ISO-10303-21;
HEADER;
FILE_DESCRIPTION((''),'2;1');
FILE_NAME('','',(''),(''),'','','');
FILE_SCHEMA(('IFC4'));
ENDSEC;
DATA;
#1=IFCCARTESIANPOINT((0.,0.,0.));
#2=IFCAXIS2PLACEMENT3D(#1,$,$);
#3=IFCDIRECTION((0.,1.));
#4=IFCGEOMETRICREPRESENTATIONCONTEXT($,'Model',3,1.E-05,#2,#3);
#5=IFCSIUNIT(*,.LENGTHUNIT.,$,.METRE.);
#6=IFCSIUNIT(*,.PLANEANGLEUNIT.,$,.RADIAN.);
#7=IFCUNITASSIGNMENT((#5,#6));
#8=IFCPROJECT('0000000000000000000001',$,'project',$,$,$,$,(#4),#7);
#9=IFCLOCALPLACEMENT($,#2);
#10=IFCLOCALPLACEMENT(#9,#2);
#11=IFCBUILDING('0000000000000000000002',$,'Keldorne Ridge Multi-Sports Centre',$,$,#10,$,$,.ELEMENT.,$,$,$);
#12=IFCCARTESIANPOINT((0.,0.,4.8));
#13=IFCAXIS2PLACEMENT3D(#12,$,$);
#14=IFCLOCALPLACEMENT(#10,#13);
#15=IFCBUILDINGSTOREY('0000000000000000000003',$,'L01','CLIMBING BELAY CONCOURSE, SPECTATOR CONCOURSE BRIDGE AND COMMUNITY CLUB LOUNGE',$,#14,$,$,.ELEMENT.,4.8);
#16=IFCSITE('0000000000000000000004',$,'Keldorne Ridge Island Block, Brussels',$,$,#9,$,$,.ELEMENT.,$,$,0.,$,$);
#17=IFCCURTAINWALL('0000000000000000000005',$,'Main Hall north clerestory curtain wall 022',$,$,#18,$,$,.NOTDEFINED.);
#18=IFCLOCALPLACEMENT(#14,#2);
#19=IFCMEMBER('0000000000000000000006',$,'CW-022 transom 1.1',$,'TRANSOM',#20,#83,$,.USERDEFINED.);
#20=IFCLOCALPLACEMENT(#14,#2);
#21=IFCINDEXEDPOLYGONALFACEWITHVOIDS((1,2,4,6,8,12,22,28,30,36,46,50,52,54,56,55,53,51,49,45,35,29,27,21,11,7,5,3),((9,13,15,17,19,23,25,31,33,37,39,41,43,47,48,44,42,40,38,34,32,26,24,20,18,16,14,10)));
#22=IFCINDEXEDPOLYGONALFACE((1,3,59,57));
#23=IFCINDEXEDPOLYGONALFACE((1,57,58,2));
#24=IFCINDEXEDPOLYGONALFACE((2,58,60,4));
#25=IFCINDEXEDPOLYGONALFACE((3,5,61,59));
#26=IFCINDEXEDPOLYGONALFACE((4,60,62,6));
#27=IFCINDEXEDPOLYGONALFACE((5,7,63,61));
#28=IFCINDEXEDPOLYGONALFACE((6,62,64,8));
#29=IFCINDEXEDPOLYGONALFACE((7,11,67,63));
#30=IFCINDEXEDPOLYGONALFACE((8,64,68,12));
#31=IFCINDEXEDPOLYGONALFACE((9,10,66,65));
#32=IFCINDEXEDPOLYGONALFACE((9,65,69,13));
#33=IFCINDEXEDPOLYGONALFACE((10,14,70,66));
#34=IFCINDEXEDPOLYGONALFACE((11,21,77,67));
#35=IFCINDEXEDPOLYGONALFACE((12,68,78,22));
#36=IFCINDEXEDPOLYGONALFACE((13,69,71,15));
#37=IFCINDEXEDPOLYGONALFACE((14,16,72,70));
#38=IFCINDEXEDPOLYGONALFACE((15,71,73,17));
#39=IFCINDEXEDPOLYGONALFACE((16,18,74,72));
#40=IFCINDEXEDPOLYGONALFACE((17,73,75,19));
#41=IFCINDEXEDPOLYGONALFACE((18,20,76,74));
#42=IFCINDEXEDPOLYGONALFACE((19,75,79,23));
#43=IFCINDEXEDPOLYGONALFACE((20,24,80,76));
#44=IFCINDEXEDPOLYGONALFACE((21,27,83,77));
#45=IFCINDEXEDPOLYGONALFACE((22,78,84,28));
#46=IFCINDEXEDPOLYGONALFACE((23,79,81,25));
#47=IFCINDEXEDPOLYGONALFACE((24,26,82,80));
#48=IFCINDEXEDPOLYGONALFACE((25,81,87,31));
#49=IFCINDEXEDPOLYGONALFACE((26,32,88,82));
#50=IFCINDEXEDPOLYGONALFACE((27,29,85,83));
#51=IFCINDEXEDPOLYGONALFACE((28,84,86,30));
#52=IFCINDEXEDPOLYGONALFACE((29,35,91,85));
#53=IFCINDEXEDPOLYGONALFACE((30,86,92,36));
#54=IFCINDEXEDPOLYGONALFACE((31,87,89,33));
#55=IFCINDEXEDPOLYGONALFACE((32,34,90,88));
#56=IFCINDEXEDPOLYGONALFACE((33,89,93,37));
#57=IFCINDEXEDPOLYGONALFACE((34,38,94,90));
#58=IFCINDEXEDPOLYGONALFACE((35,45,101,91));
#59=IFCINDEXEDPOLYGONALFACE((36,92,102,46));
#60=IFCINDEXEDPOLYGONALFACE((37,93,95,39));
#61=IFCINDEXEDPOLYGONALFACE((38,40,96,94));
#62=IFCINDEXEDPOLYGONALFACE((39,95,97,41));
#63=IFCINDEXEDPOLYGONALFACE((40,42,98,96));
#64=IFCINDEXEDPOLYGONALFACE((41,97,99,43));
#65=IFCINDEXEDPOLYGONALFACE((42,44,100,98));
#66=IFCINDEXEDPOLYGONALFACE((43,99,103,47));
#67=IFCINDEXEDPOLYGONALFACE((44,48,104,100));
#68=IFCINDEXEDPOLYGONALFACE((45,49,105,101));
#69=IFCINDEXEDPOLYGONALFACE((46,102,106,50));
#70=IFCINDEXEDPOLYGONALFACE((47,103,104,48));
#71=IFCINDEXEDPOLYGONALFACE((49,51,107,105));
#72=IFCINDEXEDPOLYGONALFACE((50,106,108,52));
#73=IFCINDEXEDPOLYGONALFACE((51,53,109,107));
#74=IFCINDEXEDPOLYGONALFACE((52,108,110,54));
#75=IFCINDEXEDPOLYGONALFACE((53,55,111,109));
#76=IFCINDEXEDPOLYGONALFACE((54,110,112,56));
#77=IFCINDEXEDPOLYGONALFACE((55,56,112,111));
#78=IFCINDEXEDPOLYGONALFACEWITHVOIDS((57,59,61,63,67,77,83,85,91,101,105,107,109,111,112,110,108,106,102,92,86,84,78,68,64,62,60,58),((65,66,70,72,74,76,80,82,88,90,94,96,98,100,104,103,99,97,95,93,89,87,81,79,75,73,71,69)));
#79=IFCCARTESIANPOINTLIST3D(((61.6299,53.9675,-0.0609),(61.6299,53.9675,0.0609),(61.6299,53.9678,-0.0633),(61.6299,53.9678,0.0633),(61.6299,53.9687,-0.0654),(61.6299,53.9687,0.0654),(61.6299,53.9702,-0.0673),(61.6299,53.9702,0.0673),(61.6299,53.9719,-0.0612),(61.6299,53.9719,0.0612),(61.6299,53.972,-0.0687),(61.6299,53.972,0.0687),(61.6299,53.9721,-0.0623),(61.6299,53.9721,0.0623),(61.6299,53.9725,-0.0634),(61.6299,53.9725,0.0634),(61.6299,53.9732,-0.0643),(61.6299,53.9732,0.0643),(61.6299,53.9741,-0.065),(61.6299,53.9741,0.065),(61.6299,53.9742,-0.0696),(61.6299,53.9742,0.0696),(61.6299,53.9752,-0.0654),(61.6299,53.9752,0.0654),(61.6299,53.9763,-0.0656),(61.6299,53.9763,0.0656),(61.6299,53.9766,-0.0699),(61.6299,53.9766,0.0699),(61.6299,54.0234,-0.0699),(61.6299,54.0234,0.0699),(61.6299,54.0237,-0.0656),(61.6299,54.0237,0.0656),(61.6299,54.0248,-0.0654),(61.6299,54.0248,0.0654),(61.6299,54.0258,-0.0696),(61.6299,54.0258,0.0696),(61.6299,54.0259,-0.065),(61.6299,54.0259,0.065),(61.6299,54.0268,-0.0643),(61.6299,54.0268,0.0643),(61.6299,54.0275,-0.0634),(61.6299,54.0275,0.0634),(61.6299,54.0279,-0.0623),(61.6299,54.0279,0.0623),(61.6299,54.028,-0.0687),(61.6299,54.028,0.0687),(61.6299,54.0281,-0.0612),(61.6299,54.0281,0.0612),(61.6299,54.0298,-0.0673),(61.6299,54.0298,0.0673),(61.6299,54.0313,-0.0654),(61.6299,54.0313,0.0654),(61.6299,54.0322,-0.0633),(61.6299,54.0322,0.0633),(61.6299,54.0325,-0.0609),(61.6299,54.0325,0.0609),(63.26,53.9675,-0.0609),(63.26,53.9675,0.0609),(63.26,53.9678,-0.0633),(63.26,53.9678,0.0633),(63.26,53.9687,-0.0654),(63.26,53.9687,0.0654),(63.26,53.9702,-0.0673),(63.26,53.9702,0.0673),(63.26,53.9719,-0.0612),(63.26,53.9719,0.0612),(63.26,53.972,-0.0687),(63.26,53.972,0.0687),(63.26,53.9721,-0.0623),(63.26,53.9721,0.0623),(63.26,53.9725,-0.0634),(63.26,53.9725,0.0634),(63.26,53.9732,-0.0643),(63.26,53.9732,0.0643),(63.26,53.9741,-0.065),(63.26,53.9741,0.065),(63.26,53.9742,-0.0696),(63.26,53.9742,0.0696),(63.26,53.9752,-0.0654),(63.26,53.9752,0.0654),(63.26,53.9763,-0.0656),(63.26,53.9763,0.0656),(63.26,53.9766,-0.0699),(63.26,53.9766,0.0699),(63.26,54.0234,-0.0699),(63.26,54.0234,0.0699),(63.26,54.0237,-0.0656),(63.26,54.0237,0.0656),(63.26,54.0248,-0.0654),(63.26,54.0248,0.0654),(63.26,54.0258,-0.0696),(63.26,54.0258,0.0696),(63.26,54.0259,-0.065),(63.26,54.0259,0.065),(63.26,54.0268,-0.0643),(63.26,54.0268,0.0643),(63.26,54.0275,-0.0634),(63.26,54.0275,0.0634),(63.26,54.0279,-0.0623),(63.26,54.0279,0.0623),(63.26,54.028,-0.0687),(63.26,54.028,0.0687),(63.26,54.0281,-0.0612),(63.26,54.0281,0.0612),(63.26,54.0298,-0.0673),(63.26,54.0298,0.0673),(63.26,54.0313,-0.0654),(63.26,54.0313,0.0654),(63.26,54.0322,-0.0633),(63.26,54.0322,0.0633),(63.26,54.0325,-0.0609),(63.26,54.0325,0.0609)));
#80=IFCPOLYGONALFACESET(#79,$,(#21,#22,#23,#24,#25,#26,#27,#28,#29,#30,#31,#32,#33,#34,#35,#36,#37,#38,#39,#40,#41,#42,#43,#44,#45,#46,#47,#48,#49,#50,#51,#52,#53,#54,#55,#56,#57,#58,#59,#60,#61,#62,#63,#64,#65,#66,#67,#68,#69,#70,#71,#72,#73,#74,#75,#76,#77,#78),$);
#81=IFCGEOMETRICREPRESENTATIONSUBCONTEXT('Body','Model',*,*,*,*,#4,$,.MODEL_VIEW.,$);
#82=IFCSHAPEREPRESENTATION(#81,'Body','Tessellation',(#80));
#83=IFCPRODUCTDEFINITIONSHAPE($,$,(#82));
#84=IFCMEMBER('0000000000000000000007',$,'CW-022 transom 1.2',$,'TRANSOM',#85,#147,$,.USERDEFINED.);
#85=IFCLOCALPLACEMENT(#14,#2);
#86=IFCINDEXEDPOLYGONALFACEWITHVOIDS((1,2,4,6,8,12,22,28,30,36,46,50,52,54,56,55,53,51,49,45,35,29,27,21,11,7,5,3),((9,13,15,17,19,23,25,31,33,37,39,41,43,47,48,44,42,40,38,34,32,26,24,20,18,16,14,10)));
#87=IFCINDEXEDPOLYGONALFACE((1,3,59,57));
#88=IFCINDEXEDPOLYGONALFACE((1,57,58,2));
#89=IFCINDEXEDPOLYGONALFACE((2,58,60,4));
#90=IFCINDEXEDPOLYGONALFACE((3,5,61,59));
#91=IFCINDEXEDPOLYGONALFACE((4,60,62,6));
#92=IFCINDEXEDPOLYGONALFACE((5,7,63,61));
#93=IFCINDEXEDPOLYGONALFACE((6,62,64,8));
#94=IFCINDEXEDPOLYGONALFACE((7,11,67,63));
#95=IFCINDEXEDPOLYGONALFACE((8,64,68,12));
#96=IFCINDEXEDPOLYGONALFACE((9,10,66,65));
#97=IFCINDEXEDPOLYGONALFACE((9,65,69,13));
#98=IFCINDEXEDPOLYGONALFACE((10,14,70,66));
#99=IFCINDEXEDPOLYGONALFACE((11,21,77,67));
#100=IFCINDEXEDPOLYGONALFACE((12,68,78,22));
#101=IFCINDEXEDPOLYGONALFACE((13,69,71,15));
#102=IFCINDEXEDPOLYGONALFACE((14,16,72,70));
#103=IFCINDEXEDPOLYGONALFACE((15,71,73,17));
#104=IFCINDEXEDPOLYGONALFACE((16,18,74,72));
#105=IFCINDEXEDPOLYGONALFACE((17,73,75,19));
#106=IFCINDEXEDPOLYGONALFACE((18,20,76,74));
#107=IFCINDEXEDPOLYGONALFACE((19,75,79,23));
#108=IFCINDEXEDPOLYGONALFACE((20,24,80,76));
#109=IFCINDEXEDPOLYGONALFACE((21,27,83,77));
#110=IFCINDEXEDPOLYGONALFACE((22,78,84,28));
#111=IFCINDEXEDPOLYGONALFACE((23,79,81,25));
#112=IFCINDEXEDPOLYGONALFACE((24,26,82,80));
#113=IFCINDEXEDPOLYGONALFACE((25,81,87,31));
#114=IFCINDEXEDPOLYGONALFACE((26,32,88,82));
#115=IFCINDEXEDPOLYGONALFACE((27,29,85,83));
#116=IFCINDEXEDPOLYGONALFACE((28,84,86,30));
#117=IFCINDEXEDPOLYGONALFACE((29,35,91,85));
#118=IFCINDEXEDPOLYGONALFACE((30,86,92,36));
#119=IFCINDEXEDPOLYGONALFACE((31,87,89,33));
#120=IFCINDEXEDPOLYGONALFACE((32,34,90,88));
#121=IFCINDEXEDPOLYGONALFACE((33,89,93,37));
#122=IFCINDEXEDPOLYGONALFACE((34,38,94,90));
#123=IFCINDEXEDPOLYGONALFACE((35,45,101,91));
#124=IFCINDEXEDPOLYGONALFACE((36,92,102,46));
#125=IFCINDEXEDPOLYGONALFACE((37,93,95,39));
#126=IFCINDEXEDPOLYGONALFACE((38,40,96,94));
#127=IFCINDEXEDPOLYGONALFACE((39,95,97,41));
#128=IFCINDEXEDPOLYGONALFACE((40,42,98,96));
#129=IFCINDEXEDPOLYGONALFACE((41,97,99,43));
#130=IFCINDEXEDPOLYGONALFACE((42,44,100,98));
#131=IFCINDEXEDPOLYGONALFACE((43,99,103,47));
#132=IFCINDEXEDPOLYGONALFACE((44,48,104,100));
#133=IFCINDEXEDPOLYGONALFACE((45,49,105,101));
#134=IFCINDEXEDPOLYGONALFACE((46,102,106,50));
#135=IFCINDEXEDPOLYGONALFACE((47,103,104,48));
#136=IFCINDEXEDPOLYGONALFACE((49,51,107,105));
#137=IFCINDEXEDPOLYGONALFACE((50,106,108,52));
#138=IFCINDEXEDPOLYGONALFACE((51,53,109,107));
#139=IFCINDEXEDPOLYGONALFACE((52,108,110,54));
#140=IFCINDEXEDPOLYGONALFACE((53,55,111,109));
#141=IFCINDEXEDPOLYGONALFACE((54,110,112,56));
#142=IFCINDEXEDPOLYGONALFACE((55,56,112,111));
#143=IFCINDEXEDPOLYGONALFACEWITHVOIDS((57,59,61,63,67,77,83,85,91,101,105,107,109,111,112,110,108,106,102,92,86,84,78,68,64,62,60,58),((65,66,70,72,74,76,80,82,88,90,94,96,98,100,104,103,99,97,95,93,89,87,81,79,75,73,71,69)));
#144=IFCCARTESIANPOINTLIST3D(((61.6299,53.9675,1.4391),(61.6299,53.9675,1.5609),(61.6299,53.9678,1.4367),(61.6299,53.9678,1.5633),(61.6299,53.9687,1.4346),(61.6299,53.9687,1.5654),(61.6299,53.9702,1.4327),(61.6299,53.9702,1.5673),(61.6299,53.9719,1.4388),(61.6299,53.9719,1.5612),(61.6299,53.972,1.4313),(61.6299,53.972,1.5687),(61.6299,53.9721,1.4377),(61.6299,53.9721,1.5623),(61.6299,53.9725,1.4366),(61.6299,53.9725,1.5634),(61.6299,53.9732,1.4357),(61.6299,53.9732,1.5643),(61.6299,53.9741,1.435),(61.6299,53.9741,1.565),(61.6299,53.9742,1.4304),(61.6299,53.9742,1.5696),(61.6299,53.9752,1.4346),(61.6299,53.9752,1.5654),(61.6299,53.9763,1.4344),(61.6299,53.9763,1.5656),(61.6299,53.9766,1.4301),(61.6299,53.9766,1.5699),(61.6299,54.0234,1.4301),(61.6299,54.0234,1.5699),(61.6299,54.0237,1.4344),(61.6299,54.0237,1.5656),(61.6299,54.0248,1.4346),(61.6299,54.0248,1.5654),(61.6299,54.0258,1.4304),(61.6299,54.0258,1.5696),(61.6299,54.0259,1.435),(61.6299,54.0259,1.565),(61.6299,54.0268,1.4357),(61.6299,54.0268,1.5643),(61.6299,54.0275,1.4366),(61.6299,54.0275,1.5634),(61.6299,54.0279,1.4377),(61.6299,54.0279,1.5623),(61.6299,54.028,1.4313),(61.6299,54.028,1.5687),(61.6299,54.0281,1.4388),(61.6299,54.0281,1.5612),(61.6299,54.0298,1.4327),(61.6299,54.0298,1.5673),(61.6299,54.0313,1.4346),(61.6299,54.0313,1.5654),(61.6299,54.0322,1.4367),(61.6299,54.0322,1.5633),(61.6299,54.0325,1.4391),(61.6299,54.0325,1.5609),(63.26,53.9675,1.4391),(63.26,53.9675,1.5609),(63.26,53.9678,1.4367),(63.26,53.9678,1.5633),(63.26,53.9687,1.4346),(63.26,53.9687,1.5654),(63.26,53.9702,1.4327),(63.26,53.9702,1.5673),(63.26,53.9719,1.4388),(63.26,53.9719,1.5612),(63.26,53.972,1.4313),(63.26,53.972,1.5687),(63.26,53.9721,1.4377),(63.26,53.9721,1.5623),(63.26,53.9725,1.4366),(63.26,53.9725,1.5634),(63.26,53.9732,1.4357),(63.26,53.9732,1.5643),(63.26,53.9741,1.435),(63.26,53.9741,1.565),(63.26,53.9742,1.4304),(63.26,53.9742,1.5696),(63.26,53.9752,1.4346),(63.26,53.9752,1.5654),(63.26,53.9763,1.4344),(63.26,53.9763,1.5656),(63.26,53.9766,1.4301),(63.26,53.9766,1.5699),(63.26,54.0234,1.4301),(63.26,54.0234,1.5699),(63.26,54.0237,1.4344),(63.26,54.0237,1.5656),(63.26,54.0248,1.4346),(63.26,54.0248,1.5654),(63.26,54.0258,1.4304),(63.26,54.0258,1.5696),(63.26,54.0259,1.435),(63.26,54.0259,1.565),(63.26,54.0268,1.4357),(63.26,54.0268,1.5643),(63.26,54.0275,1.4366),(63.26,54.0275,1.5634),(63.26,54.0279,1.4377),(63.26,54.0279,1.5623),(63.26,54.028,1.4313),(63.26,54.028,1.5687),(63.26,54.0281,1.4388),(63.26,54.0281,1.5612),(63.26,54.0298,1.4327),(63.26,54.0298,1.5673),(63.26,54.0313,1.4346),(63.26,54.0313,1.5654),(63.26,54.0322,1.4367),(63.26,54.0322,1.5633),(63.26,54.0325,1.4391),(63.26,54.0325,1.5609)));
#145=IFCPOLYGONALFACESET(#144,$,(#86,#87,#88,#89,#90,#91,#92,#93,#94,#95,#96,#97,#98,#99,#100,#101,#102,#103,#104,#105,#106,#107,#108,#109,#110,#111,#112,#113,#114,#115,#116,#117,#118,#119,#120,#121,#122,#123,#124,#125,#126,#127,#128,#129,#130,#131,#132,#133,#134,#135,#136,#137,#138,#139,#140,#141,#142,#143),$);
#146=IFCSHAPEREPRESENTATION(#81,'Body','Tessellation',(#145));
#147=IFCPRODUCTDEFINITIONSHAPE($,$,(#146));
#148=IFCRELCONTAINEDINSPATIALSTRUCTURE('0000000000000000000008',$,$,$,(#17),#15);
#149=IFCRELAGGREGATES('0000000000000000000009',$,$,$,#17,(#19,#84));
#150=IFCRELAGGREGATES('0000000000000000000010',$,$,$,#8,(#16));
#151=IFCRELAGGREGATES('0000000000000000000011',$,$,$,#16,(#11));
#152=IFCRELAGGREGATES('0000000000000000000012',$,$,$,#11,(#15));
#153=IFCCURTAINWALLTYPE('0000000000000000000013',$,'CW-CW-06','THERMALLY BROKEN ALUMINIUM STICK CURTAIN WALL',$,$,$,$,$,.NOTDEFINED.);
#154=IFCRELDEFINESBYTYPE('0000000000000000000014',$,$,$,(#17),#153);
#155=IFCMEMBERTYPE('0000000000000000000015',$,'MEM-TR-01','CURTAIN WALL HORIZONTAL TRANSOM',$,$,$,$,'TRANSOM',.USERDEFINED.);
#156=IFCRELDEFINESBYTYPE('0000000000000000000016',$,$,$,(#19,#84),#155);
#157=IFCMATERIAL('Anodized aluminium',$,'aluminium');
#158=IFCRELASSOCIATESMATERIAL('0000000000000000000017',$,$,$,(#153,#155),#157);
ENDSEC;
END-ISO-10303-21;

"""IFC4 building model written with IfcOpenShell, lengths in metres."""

from ifc_helpers import new_model, si_unit, direction, frame, origin, origin_2d, place, context, subcontext, project, spatial, hollow_rectangle, extrude, material, material_profile, profile_set, type_object, element, aggregate, save


model = new_model("IFC4")

# Units and contexts
model_context = context("Model", 3, precision=1e-05, world=origin(), true_north=direction((0.0, 1.0)))
body_context = subcontext(model_context, "Body", "Model", "MODEL_VIEW")
ifc_project = project(units=[si_unit("LENGTHUNIT", "METRE"), si_unit("PLANEANGLEUNIT", "RADIAN")], contexts=[model_context])

# Site, building, storey
site_placement = place(None, origin())
site = spatial("IfcSite", under=ifc_project, at=site_placement, Name="Keldorne Ridge Island Block, Brussels", CompositionType="ELEMENT", RefElevation=0.0)
building_placement = place(site_placement, origin())
building = spatial("IfcBuilding", under=site, at=building_placement, Name="Keldorne Ridge Multi-Sports Centre", CompositionType="ELEMENT")
storey_placement = place(building_placement, frame((0.0, 0.0, 4.8)))
storey = spatial("IfcBuildingStorey", under=building, at=storey_placement, Name="L01", Description="CLIMBING BELAY CONCOURSE, SPECTATOR CONCOURSE BRIDGE AND COMMUNITY CLUB LOUNGE", CompositionType="ELEMENT", Elevation=4.8)

# Curtain wall
ifc_material_1 = material(Name="Anodized aluminium", Category="aluminium")
curtain_wall_type_1 = type_object("IfcCurtainWallType", Name="CW-CW-06", Description="THERMALLY BROKEN ALUMINIUM STICK CURTAIN WALL", PredefinedType="NOTDEFINED", material=ifc_material_1)
curtain_wall_1_placement = place(storey_placement, origin())
curtain_wall_1 = element("IfcCurtainWall", 1, at=curtain_wall_1_placement, inside=storey, type_object=curtain_wall_type_1, Name="Main Hall north clerestory curtain wall 022", PredefinedType="NOTDEFINED")

# Members
ifc_material_profile_1 = material_profile(ifc_material_1, hollow_rectangle(XDim=0.0649, YDim=0.1399, WallThickness=0.0044, InnerFilletRadius=0.0044, OuterFilletRadius=0.009, at=origin_2d()), Name="ALU TRANSOM 140x65x4.5")
ifc_profile_set_1 = profile_set([ifc_material_profile_1], Name="Anodized aluminium")
member_type_1 = type_object("IfcMemberType", Name="MEM-TR-01", Description="CURTAIN WALL HORIZONTAL TRANSOM", ElementType="TRANSOM", PredefinedType="USERDEFINED", material=ifc_profile_set_1)
member_1_placement = place(storey_placement, frame((63.26, 54.0, 0.0), z_axis=(-1.0, 0.0, 0.0), x_axis=(0.0, -1.0, 0.0)))
member_1 = element("IfcMember", 2, at=member_1_placement, type_object=member_type_1, Name="CW-022 transom 1.1", ObjectType="TRANSOM", PredefinedType="USERDEFINED", context=body_context, shape_type="SweptSolid", body=[
    extrude(hollow_rectangle(XDim=0.0649, YDim=0.1399, WallThickness=0.0044, InnerFilletRadius=0.0044, OuterFilletRadius=0.009, at=origin_2d()), origin(), (0.0, 0.0, 1.0), 1.6301),
])
member_2_placement = place(storey_placement, frame((63.26, 54.0, 1.5), z_axis=(-1.0, 0.0, 0.0), x_axis=(0.0, -1.0, 0.0)))
member_2 = element("IfcMember", 3, at=member_2_placement, type_object=member_type_1, Name="CW-022 transom 1.2", ObjectType="TRANSOM", PredefinedType="USERDEFINED", context=body_context, shape_type="SweptSolid", body=[
    extrude(hollow_rectangle(XDim=0.0649, YDim=0.1399, WallThickness=0.0044, InnerFilletRadius=0.0044, OuterFilletRadius=0.009, at=origin_2d()), origin(), (0.0, 0.0, 1.0), 1.6301),
])

aggregate(curtain_wall_1, [member_1, member_2])

save(model, "model.ifc")
